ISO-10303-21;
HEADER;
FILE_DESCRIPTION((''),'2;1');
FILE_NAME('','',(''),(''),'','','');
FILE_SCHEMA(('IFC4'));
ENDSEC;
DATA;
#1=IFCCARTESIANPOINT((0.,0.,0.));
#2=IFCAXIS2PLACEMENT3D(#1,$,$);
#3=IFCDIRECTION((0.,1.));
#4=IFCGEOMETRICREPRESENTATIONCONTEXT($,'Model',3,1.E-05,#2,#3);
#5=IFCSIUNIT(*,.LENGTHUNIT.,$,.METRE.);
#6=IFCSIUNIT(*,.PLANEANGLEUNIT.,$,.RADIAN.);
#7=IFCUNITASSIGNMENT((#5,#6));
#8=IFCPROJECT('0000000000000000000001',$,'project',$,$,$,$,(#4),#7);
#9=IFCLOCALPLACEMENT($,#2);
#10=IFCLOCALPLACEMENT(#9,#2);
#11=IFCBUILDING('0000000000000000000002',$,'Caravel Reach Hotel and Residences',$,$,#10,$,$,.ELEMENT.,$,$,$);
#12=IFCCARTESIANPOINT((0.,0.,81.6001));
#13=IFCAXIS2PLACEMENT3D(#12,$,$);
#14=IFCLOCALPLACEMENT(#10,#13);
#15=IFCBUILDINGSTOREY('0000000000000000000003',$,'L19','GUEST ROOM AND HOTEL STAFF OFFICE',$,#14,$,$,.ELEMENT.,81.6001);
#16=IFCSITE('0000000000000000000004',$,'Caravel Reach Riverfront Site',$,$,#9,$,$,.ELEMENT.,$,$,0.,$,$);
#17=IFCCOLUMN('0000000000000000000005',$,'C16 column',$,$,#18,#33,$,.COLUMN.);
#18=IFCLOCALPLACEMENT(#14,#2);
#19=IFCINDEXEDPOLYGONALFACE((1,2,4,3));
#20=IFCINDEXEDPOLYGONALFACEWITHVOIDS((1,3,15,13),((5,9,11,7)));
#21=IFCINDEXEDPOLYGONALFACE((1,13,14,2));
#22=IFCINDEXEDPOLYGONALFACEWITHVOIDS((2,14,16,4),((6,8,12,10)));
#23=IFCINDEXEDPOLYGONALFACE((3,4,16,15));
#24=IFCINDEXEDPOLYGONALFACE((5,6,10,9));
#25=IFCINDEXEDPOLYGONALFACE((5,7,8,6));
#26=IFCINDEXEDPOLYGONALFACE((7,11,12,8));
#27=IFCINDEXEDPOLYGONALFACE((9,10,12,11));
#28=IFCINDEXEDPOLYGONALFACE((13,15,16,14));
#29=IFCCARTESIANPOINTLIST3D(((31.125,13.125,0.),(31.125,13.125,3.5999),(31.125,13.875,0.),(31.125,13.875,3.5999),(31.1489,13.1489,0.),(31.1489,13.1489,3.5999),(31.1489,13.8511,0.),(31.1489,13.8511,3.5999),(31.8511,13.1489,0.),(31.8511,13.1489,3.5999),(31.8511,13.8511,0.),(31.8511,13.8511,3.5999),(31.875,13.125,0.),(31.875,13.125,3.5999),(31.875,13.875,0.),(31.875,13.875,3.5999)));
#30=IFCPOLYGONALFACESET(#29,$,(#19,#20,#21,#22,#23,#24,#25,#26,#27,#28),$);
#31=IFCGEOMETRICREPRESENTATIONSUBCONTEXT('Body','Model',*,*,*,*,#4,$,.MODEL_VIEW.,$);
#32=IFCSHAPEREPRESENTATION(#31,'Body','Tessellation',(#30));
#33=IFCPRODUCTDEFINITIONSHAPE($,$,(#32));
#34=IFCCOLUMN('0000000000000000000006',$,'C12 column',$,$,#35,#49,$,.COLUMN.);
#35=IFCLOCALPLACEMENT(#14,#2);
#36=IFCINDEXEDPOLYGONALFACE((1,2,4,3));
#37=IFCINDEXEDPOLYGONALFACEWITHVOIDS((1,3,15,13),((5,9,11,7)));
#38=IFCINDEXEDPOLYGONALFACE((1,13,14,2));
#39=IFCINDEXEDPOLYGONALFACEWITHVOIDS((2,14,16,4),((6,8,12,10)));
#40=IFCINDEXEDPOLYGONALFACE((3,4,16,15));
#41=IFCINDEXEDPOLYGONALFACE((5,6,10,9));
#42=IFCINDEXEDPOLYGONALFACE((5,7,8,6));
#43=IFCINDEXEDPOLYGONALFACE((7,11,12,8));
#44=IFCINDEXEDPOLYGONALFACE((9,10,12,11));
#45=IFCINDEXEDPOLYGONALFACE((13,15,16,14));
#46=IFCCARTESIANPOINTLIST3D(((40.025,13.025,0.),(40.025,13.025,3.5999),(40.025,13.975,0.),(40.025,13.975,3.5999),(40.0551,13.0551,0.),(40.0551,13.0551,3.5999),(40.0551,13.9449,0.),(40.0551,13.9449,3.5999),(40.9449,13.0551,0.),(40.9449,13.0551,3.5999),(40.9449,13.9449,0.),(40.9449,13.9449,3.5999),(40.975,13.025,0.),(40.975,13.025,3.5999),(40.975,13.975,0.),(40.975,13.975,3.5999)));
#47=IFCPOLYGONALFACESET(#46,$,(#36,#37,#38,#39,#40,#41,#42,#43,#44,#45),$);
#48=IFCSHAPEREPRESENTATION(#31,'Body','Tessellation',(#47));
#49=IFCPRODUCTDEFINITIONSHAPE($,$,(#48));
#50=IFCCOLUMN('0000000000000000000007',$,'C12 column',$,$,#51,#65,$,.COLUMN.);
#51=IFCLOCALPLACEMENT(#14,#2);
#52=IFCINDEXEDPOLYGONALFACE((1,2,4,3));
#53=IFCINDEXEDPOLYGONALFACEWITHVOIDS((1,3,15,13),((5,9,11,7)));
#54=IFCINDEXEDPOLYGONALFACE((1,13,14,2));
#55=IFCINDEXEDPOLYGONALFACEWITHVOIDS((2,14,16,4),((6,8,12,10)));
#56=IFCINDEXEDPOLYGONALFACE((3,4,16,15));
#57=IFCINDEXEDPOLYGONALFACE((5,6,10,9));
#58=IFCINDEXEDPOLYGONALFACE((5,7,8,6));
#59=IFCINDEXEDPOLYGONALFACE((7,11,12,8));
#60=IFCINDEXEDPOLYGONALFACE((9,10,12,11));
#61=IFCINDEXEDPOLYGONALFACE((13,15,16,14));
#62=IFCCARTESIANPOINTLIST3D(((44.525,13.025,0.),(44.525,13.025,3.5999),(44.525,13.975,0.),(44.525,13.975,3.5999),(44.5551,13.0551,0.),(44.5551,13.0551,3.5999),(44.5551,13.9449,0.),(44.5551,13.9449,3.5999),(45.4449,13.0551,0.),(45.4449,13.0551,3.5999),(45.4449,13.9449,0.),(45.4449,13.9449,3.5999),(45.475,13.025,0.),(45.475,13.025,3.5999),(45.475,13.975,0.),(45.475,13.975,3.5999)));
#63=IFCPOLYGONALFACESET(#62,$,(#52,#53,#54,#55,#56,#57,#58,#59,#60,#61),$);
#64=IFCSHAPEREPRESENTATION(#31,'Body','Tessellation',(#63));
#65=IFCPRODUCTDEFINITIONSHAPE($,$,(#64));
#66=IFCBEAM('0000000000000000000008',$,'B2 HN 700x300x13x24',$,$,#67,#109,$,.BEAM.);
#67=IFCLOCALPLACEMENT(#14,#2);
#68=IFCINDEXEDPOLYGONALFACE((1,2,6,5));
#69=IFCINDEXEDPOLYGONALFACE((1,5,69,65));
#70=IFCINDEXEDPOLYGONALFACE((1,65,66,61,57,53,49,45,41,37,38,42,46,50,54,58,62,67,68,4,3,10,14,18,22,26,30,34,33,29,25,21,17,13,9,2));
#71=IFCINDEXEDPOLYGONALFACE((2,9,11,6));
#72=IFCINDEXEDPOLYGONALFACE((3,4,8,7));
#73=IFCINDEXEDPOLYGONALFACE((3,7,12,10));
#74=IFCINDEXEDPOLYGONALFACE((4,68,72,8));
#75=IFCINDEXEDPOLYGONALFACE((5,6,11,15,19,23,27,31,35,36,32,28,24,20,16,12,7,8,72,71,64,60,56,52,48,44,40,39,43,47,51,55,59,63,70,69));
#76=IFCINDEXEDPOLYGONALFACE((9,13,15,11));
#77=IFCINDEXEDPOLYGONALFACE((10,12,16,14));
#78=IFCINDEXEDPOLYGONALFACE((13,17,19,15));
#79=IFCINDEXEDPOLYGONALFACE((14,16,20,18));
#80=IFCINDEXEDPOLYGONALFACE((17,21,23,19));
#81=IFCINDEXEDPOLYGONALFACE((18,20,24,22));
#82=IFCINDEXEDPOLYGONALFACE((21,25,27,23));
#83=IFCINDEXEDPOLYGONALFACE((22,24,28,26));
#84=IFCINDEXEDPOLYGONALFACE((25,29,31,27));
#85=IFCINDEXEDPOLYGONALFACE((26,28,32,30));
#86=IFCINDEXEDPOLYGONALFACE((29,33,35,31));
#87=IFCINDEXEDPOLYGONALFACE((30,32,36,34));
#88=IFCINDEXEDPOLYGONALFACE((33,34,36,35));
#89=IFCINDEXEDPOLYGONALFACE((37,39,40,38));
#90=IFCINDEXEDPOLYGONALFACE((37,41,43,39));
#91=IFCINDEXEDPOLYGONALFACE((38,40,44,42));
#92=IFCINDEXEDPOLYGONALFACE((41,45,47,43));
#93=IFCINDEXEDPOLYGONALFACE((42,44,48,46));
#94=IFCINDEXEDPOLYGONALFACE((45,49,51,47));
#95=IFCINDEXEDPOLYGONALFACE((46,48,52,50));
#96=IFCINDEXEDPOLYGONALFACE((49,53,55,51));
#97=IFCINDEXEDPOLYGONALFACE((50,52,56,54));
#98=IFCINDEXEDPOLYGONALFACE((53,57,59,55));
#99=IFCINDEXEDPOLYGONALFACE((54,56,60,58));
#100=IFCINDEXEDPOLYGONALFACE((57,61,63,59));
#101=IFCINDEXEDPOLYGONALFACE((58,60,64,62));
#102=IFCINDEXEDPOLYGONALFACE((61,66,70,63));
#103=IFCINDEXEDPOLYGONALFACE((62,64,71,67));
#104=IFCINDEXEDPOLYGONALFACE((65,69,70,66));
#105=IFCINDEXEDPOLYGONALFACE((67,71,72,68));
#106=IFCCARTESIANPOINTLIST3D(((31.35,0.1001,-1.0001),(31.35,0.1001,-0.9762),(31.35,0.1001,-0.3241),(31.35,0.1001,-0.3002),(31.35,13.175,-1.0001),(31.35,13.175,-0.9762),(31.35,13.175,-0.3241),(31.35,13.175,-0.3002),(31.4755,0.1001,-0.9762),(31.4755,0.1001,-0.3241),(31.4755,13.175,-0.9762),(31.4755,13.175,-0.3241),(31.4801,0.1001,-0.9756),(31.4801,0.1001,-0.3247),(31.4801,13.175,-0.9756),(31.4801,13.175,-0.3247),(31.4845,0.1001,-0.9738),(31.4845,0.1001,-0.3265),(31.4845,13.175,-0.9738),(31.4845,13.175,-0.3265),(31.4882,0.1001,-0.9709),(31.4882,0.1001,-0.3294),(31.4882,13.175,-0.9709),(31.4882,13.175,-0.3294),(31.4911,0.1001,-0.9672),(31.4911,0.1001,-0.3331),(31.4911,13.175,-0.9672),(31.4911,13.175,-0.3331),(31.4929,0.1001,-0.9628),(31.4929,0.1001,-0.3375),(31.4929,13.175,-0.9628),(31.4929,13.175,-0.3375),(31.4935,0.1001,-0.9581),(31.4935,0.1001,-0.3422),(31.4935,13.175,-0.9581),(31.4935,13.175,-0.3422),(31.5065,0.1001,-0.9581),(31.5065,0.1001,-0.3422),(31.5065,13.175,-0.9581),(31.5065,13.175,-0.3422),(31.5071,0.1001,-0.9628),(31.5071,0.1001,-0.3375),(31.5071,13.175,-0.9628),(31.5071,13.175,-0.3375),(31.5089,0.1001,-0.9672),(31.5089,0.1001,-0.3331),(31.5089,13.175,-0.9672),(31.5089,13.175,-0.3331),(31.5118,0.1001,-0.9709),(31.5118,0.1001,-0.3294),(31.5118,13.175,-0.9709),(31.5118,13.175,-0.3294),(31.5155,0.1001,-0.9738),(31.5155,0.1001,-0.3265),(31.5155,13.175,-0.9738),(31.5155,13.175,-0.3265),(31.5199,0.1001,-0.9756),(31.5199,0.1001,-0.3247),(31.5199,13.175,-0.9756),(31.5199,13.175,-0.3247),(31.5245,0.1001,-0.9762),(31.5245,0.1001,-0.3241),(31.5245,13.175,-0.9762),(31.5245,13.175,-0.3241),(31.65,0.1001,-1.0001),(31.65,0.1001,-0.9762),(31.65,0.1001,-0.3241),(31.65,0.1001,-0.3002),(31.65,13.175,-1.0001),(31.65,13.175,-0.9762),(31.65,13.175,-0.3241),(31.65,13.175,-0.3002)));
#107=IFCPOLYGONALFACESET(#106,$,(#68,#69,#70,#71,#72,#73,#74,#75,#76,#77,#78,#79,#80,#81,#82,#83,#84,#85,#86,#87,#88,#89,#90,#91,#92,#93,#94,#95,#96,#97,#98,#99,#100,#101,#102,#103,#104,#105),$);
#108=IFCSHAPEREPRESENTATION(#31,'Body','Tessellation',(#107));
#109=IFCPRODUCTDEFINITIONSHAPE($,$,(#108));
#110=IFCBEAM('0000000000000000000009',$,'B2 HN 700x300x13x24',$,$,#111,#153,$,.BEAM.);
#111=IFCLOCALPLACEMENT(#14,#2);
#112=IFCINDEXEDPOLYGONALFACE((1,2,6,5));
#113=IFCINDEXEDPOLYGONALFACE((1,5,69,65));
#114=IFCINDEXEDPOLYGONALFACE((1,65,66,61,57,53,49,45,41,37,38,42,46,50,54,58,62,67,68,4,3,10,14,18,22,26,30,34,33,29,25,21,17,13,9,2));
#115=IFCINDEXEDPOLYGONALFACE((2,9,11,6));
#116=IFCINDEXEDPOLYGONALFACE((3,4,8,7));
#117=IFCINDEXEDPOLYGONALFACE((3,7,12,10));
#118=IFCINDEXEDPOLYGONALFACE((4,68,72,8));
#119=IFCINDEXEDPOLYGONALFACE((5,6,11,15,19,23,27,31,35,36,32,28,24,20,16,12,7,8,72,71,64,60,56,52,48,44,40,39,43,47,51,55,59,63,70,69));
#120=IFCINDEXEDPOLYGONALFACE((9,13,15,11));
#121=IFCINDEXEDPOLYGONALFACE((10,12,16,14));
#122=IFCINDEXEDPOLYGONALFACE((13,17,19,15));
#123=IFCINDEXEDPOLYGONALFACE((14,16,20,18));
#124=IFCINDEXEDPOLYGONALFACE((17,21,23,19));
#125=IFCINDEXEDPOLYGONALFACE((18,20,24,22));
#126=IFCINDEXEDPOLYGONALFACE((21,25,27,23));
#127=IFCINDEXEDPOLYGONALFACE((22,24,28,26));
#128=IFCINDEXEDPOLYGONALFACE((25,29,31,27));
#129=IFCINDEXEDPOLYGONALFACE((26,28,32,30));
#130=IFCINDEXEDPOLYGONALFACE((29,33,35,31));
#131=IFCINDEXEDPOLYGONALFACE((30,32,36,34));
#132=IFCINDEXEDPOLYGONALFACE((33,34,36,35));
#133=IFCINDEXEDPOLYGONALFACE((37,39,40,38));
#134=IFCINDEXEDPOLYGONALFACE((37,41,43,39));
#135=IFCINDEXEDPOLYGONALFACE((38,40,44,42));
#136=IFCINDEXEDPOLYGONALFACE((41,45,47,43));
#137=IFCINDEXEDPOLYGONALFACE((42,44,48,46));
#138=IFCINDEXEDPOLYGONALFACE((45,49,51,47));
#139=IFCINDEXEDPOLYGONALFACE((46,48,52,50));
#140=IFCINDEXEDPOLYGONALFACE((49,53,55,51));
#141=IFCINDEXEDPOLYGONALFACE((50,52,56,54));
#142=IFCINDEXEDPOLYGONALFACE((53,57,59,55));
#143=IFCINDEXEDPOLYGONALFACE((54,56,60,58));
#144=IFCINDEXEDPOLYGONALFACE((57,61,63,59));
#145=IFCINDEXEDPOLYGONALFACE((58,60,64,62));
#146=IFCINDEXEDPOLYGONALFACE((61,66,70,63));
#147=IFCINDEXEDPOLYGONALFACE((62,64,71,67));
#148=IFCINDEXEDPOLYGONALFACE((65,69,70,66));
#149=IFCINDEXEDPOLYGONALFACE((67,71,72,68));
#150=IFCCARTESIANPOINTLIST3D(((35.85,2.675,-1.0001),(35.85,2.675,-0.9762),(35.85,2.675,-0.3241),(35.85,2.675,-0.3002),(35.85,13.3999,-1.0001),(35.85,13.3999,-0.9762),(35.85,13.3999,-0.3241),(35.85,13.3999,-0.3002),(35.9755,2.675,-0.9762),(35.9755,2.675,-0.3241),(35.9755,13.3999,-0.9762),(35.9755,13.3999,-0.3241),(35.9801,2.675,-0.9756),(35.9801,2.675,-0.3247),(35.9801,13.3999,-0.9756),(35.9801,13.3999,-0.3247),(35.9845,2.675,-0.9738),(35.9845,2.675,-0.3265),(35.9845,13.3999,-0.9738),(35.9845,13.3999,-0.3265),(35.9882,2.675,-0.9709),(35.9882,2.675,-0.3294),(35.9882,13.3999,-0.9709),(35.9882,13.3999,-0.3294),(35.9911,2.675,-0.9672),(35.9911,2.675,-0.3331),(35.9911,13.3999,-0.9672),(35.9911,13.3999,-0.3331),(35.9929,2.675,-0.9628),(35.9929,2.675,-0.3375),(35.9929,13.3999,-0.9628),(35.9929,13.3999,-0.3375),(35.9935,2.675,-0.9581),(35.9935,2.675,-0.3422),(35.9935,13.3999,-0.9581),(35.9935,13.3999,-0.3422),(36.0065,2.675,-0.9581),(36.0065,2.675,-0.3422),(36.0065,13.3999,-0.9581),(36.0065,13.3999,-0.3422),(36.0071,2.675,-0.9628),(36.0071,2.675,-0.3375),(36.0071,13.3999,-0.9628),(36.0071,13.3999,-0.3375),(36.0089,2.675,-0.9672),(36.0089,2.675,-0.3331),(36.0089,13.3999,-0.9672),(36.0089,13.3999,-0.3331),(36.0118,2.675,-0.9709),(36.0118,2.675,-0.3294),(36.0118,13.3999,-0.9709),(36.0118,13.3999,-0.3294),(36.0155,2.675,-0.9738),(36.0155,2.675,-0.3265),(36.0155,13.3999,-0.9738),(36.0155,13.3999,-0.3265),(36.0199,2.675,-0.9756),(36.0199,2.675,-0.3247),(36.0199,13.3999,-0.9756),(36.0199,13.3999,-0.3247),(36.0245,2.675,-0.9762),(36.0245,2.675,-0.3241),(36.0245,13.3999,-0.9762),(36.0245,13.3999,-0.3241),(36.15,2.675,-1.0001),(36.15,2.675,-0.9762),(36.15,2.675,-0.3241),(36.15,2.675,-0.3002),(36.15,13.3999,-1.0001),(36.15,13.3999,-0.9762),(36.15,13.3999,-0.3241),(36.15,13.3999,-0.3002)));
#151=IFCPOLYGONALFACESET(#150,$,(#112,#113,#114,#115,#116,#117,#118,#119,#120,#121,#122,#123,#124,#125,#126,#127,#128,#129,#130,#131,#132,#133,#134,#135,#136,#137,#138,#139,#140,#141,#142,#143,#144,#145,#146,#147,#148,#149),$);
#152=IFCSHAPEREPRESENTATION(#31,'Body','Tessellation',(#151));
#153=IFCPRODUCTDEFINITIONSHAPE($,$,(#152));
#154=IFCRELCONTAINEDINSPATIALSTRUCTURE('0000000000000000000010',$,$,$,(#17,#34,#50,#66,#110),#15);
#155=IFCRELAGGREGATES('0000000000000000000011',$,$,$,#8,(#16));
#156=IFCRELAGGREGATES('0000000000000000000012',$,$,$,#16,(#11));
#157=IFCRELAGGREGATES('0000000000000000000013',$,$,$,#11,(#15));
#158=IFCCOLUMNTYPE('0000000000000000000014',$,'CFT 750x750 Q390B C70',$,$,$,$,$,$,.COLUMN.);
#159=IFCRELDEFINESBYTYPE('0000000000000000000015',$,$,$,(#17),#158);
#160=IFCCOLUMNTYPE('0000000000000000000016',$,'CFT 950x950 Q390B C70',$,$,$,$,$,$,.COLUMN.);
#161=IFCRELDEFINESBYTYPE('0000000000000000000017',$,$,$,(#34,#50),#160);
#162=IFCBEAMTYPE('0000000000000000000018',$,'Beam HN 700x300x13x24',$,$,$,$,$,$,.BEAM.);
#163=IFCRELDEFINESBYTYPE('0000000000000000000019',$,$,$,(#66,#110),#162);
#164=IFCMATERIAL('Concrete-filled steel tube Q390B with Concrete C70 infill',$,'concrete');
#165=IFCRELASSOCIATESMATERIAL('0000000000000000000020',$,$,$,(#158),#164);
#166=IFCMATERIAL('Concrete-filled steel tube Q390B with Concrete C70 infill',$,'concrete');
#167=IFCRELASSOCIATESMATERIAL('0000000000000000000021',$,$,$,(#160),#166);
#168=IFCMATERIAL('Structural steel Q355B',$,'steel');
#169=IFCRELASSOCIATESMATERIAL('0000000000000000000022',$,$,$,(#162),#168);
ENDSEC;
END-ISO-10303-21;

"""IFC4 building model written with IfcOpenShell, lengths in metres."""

from ifc_helpers import new_model, si_unit, direction, frame, origin, origin_2d, place, context, subcontext, project, spatial, hollow_rectangle, i_section, extrude, material, material_profile, profile_set, type_object, element, save


model = new_model("IFC4")

# Units and contexts
model_context = context("Model", 3, precision=1e-05, world=origin(), true_north=direction((0.0, 1.0)))
body_context = subcontext(model_context, "Body", "Model", "MODEL_VIEW")
ifc_project = project(units=[si_unit("LENGTHUNIT", "METRE"), si_unit("PLANEANGLEUNIT", "RADIAN")], contexts=[model_context])

# Site, building, storey
site_placement = place(None, origin())
site = spatial("IfcSite", under=ifc_project, at=site_placement, Name="Caravel Reach Riverfront Site", CompositionType="ELEMENT", RefElevation=0.0)
building_placement = place(site_placement, origin())
building = spatial("IfcBuilding", under=site, at=building_placement, Name="Caravel Reach Hotel and Residences", CompositionType="ELEMENT")
storey_placement = place(building_placement, frame((0.0, 0.0, 81.6001)))
storey = spatial("IfcBuildingStorey", under=building, at=storey_placement, Name="L19", Description="GUEST ROOM AND HOTEL STAFF OFFICE", CompositionType="ELEMENT", Elevation=81.6001)

# Columns
ifc_material_1 = material(Name="Concrete-filled steel tube Q390B with Concrete C70 infill", Category="concrete")
ifc_material_profile_1 = material_profile(ifc_material_1, hollow_rectangle(XDim=0.75, YDim=0.75, WallThickness=0.0239, at=origin_2d()), Name="RHS 750x750x24")
ifc_profile_set_1 = profile_set([ifc_material_profile_1], Name="Concrete-filled steel tube Q390B with Concrete C70 infill")
column_type_1 = type_object("IfcColumnType", Name="CFT 750x750 Q390B C70", PredefinedType="COLUMN", material=ifc_profile_set_1)
column_placement = place(storey_placement, frame((31.5, 13.5, 0.0), z_axis=(0.0, 0.0, 1.0), x_axis=(1.0, 0.0, 0.0)))
element("IfcColumn", 1, at=column_placement, inside=storey, type_object=column_type_1, Name="C16 column", PredefinedType="COLUMN", context=body_context, shape_type="SweptSolid", body=[
    extrude(hollow_rectangle(XDim=0.75, YDim=0.75, WallThickness=0.0239, at=origin_2d()), origin(), (0.0, 0.0, 1.0), 3.5999),
])
ifc_material_2 = material(Name="Concrete-filled steel tube Q390B with Concrete C70 infill", Category="concrete")
ifc_material_profile_2 = material_profile(ifc_material_2, hollow_rectangle(XDim=0.95, YDim=0.95, WallThickness=0.03, at=origin_2d()), Name="RHS 950x950x30")
ifc_profile_set_2 = profile_set([ifc_material_profile_2], Name="Concrete-filled steel tube Q390B with Concrete C70 infill")
column_type_2 = type_object("IfcColumnType", Name="CFT 950x950 Q390B C70", PredefinedType="COLUMN", material=ifc_profile_set_2)
for number, where, z_axis, x_axis, name in (
    (2, (40.5, 13.5, 0.0), (0.0, 0.0, 1.0), (1.0, 0.0, 0.0), "C12 column"),
    (3, (45.0, 13.5, 0.0), (0.0, 0.0, 1.0), (1.0, 0.0, 0.0), "C12 column"),
):
    element("IfcColumn", number, at=place(storey_placement, frame(where, z_axis=z_axis, x_axis=x_axis)), inside=storey, type_object=column_type_2, Name=name, PredefinedType="COLUMN", context=body_context, shape_type="SweptSolid", body=[
        extrude(hollow_rectangle(XDim=0.95, YDim=0.95, WallThickness=0.03, at=origin_2d()), origin(), (0.0, 0.0, 1.0), 3.5999),
    ])

# Beams
ifc_material_3 = material(Name="Structural steel Q355B", Category="steel")
ifc_material_profile_3 = material_profile(ifc_material_3, i_section(OverallWidth=0.3, OverallDepth=0.7, WebThickness=0.0129, FlangeThickness=0.0239, FilletRadius=0.0181, at=origin_2d()), Name="HN 700x300x13x24")
ifc_profile_set_3 = profile_set([ifc_material_profile_3], Name="Structural steel Q355B")
beam_type_1 = type_object("IfcBeamType", Name="Beam HN 700x300x13x24", PredefinedType="BEAM", material=ifc_profile_set_3)
beam_1_placement = place(storey_placement, frame((31.5, 13.175, -0.6501), z_axis=(0.0, -1.0, 0.0), x_axis=(1.0, 0.0, 0.0)))
element("IfcBeam", 4, at=beam_1_placement, inside=storey, type_object=beam_type_1, Name="B2 HN 700x300x13x24", PredefinedType="BEAM", context=body_context, shape_type="SweptSolid", body=[
    extrude(i_section(OverallWidth=0.3, OverallDepth=0.7, WebThickness=0.0129, FlangeThickness=0.0239, FilletRadius=0.0181, at=origin_2d()), origin(), (0.0, 0.0, 1.0), 13.075),
])
beam_2_placement = place(storey_placement, frame((36.0, 13.3999, -0.6501), z_axis=(0.0, -1.0, 0.0), x_axis=(1.0, 0.0, 0.0)))
element("IfcBeam", 5, at=beam_2_placement, inside=storey, type_object=beam_type_1, Name="B2 HN 700x300x13x24", PredefinedType="BEAM", context=body_context, shape_type="SweptSolid", body=[
    extrude(i_section(OverallWidth=0.3, OverallDepth=0.7, WebThickness=0.0129, FlangeThickness=0.0239, FilletRadius=0.0181, at=origin_2d()), origin(), (0.0, 0.0, 1.0), 10.7249),
])

save(model, "model.ifc")
